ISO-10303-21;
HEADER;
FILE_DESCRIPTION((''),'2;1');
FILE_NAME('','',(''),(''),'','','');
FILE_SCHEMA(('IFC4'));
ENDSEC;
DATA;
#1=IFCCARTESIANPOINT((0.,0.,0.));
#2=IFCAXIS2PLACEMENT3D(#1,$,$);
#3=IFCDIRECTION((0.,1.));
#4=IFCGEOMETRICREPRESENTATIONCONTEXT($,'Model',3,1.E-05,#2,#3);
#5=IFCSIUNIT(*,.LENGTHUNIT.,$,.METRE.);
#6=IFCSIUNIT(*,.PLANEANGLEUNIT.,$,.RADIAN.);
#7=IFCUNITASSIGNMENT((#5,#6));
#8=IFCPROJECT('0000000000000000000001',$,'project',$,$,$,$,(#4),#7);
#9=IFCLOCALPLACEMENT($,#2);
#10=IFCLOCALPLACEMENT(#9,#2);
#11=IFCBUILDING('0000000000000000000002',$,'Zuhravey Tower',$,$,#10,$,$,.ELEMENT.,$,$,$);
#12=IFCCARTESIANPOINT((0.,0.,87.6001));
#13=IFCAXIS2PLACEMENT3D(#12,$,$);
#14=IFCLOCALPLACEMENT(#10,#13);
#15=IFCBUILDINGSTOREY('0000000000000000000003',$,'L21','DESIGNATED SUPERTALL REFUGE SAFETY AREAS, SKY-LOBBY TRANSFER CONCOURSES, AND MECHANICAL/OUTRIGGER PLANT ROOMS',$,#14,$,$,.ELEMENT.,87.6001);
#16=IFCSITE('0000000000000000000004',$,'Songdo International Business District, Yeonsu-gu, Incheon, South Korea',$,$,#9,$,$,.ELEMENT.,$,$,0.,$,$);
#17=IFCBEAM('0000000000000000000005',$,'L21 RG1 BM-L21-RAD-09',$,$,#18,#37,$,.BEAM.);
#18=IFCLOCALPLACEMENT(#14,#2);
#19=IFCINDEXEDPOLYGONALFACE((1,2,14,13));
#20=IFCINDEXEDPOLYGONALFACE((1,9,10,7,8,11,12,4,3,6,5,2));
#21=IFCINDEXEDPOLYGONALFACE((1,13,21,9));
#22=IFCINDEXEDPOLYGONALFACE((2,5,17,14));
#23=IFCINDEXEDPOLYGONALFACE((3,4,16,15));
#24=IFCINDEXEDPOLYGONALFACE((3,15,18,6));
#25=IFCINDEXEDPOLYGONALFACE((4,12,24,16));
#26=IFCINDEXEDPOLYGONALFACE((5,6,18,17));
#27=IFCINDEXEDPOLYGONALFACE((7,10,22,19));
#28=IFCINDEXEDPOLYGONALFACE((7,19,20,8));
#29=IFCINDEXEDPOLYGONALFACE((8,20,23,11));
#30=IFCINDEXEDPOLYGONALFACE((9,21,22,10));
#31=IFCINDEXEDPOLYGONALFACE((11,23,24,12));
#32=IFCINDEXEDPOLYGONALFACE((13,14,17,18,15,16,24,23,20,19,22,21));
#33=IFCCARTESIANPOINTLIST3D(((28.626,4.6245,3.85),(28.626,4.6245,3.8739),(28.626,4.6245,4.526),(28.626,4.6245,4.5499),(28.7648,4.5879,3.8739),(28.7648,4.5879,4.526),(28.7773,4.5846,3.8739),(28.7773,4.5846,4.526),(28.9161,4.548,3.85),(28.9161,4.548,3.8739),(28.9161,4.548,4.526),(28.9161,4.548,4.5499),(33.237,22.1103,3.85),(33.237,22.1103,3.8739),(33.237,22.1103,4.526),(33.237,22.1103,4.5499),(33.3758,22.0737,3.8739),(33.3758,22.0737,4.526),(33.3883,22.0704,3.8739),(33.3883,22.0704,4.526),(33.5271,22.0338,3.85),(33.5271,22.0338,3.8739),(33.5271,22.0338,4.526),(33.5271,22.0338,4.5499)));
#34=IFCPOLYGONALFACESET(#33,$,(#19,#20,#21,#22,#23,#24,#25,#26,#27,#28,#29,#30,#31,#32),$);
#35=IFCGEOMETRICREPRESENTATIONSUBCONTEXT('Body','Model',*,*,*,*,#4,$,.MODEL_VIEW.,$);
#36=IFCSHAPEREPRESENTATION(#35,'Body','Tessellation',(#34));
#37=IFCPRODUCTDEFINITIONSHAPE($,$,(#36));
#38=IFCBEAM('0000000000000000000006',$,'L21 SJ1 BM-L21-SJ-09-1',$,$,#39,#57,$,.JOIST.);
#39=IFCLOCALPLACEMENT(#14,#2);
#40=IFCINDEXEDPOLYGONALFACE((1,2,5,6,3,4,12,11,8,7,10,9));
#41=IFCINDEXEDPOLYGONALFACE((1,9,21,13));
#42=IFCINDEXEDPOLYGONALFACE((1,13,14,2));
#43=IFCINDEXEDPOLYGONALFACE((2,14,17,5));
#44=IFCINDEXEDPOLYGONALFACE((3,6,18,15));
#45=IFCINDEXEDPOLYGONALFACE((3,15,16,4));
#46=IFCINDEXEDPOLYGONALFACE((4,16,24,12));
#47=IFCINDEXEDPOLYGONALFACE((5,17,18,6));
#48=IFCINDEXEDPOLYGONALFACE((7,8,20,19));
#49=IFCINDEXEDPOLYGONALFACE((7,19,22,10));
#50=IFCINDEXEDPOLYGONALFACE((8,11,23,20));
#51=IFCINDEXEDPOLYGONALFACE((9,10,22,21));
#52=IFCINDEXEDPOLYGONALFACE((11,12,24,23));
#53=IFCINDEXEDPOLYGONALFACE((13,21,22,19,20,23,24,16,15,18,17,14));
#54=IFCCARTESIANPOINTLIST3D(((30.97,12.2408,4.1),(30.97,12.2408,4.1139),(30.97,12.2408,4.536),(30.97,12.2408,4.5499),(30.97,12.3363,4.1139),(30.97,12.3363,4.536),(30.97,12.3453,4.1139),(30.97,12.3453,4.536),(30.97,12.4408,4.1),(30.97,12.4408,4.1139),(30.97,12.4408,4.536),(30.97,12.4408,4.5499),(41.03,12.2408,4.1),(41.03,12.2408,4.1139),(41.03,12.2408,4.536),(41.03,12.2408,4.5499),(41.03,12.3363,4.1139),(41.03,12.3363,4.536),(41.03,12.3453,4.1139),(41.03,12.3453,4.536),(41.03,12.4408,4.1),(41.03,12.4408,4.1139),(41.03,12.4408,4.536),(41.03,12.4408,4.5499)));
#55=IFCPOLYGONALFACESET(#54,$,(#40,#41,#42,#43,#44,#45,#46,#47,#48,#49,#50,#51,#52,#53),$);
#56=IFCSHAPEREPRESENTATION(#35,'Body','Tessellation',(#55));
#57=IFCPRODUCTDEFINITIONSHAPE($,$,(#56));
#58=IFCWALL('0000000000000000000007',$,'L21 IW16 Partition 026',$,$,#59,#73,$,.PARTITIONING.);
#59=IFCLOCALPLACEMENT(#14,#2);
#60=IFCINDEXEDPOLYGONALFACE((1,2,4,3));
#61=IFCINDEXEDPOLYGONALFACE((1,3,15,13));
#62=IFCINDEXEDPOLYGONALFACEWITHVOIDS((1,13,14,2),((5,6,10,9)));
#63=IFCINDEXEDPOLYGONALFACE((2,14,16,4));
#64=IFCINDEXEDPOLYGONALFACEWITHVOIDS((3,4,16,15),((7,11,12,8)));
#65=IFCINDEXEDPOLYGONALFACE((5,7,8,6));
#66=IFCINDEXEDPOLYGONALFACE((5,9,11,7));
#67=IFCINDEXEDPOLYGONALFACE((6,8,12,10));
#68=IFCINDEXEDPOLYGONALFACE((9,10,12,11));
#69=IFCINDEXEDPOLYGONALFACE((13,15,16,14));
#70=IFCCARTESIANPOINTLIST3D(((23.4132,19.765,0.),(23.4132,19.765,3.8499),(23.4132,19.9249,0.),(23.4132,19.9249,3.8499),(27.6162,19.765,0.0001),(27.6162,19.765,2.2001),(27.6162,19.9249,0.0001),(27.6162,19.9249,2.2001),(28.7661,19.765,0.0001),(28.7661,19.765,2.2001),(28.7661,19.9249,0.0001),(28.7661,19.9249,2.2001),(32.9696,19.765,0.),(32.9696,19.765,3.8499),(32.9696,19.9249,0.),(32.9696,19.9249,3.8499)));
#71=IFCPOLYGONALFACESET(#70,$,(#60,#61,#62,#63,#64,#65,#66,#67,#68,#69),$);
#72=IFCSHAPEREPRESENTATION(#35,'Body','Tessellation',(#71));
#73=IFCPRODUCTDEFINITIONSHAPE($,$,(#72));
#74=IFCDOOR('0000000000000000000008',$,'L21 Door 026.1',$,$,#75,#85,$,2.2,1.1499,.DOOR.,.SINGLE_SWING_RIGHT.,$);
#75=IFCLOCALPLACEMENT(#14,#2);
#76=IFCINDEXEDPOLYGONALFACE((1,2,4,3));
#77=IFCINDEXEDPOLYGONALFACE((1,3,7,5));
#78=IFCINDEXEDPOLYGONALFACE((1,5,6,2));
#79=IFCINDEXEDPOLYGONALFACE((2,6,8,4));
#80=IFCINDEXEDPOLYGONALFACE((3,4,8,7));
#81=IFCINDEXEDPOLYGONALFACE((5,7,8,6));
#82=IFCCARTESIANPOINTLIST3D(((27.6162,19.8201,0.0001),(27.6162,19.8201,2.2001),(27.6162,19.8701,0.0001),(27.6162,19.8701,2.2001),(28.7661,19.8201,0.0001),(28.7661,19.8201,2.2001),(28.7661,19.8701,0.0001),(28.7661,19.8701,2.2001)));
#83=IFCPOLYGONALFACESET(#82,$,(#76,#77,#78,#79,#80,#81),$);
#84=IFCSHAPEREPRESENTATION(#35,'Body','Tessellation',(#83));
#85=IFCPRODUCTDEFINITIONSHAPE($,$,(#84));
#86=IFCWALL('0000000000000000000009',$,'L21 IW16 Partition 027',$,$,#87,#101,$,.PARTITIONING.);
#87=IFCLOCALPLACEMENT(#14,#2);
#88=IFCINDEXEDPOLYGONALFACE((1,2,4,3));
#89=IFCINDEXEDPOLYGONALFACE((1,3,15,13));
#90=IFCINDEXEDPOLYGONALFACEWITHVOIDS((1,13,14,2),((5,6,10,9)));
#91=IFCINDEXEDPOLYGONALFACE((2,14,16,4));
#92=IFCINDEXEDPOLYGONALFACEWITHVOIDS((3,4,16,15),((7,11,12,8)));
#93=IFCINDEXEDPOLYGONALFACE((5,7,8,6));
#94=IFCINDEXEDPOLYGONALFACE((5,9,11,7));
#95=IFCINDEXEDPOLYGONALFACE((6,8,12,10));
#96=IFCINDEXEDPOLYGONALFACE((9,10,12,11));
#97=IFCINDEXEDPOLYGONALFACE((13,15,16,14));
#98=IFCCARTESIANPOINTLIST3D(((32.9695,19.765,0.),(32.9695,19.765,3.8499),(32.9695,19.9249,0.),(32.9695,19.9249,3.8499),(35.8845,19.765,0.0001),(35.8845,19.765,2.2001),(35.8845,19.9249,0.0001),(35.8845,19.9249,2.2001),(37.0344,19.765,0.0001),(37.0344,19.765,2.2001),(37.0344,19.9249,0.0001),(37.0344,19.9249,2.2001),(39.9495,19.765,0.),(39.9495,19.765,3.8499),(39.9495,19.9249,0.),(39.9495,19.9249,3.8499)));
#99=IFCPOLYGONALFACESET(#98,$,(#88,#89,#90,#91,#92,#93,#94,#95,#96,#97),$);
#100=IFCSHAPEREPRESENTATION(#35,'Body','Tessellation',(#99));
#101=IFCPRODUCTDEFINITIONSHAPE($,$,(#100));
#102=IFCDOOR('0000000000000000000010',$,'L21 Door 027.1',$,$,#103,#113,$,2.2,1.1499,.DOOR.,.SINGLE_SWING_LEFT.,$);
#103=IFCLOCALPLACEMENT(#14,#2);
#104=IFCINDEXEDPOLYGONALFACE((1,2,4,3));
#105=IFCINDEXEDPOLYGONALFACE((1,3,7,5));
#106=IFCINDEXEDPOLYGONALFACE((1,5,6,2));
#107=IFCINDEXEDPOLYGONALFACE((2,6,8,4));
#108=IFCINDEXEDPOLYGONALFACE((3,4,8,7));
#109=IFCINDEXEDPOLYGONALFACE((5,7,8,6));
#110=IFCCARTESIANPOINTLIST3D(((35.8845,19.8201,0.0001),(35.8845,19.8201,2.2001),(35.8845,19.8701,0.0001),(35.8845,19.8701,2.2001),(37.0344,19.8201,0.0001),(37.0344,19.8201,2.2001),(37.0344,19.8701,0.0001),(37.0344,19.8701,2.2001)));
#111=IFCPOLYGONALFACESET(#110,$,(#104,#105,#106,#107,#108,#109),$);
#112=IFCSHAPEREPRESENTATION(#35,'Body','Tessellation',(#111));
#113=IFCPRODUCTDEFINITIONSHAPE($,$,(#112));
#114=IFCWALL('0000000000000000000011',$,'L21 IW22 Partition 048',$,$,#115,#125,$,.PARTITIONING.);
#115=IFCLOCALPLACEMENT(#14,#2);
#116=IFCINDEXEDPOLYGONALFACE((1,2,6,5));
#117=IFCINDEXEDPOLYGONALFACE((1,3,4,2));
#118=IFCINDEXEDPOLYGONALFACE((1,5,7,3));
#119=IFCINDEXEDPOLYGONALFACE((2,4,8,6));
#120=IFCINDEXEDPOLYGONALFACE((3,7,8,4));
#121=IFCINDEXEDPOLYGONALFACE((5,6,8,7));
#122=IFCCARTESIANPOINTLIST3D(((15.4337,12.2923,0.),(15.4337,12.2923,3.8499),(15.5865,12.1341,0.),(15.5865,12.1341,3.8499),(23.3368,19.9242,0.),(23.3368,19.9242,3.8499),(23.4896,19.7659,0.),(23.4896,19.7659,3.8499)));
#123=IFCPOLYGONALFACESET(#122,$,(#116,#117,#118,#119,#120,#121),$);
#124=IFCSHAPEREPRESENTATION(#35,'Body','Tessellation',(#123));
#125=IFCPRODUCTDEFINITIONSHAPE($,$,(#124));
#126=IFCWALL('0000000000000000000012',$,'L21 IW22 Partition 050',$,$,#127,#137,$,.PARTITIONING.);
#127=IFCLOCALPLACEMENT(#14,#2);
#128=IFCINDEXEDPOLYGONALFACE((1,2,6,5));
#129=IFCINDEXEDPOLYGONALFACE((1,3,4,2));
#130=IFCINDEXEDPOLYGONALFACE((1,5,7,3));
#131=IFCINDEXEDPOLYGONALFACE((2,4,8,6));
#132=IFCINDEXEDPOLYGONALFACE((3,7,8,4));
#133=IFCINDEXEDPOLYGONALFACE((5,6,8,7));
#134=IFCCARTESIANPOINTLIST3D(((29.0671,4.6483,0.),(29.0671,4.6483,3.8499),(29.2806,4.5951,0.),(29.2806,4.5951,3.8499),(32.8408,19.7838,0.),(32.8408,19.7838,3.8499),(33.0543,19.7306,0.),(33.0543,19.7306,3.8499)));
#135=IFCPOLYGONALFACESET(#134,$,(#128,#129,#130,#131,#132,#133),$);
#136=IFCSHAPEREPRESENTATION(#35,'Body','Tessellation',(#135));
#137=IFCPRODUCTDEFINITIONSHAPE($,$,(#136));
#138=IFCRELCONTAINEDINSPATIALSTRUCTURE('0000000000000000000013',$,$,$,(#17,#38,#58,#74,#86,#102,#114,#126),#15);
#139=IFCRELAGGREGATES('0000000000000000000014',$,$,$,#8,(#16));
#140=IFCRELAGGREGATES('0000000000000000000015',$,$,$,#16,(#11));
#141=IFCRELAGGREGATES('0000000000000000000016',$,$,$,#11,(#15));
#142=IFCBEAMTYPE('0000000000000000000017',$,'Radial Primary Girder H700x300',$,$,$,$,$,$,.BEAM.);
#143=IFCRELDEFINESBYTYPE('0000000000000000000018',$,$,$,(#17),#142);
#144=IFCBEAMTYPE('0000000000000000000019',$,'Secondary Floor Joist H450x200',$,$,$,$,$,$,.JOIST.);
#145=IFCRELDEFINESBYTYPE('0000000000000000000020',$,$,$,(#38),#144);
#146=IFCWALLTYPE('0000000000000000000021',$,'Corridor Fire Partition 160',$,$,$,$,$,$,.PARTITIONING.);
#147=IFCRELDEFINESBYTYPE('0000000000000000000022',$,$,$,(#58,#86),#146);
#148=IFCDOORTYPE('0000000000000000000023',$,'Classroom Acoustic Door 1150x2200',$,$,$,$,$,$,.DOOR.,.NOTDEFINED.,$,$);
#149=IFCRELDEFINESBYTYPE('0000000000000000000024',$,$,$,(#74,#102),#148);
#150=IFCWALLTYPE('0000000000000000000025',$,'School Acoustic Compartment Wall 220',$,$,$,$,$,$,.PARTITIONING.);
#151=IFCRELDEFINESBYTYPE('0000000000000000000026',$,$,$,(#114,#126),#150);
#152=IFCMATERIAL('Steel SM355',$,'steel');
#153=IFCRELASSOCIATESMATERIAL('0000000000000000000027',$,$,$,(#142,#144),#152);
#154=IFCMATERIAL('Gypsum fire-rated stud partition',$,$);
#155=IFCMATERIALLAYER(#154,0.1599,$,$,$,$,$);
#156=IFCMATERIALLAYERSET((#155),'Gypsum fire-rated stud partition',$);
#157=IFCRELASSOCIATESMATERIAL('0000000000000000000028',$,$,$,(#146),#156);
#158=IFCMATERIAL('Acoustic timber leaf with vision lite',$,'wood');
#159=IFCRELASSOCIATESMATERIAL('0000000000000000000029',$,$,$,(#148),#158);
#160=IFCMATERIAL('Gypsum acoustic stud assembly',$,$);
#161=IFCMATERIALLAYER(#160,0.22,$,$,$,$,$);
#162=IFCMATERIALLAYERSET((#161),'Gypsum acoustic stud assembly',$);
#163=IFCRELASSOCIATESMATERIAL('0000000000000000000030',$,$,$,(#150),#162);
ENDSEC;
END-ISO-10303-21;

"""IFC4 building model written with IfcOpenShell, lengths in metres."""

from ifc_helpers import new_model, si_unit, direction, frame, frame_2d, origin, origin_2d, place, context, subcontext, project, spatial, rectangle, i_section, extrude, material, layer, layer_set, material_profile, profile_set, type_object, element, fill, save


model = new_model("IFC4")

# Units and contexts
model_context = context("Model", 3, precision=1e-05, world=origin(), true_north=direction((0.0, 1.0)))
body_context = subcontext(model_context, "Body", "Model", "MODEL_VIEW")
ifc_project = project(units=[si_unit("LENGTHUNIT", "METRE"), si_unit("PLANEANGLEUNIT", "RADIAN")], contexts=[model_context])

# Site, building, storey
site_placement = place(None, origin())
site = spatial("IfcSite", under=ifc_project, at=site_placement, Name="Songdo International Business District, Yeonsu-gu, Incheon, South Korea", CompositionType="ELEMENT", RefElevation=0.0)
building_placement = place(site_placement, origin())
building = spatial("IfcBuilding", under=site, at=building_placement, Name="Zuhravey Tower", CompositionType="ELEMENT")
storey_placement = place(building_placement, frame((0.0, 0.0, 87.6001)))
storey = spatial("IfcBuildingStorey", under=building, at=storey_placement, Name="L21", Description="DESIGNATED SUPERTALL REFUGE SAFETY AREAS, SKY-LOBBY TRANSFER CONCOURSES, AND MECHANICAL/OUTRIGGER PLANT ROOMS", CompositionType="ELEMENT", Elevation=87.6001)

# Shared definitions
ifc_material_1 = material(Name="Steel SM355", Category="steel")

# Beams
ifc_material_profile_1 = material_profile(ifc_material_1, i_section(OverallWidth=0.3, OverallDepth=0.7, WebThickness=0.0129, FlangeThickness=0.0239, at=origin_2d()), Name="H-700x300x13x24")
ifc_profile_set_1 = profile_set([ifc_material_profile_1], Name="Steel SM355")
beam_type_1 = type_object("IfcBeamType", Name="Radial Primary Girder H700x300", PredefinedType="BEAM", material=ifc_profile_set_1)
beam_1_placement = place(storey_placement, frame((33.3821, 22.072, 4.2), z_axis=(-0.254987, -0.966944, 0.0), x_axis=(0.966944, -0.254987, 0.0)))
element("IfcBeam", 1, at=beam_1_placement, inside=storey, type_object=beam_type_1, Name="L21 RG1 BM-L21-RAD-09", PredefinedType="BEAM", context=body_context, shape_type="SweptSolid", body=[
    extrude(i_section(OverallWidth=0.3, OverallDepth=0.7, WebThickness=0.0129, FlangeThickness=0.0239, at=origin_2d()), origin(), (0.0, 0.0, 1.0), 18.0835),
])
ifc_material_profile_2 = material_profile(ifc_material_1, i_section(OverallWidth=0.2, OverallDepth=0.45, WebThickness=0.009, FlangeThickness=0.0139, at=origin_2d()), Name="H-450x200x9x14")
ifc_profile_set_2 = profile_set([ifc_material_profile_2], Name="Steel SM355")
beam_type_2 = type_object("IfcBeamType", Name="Secondary Floor Joist H450x200", PredefinedType="JOIST", material=ifc_profile_set_2)
beam_2_placement = place(storey_placement, frame((30.97, 12.3408, 4.325), z_axis=(1.0, 0.0, 0.0), x_axis=(0.0, 1.0, 0.0)))
element("IfcBeam", 2, at=beam_2_placement, inside=storey, type_object=beam_type_2, Name="L21 SJ1 BM-L21-SJ-09-1", PredefinedType="JOIST", context=body_context, shape_type="SweptSolid", body=[
    extrude(i_section(OverallWidth=0.2, OverallDepth=0.45, WebThickness=0.009, FlangeThickness=0.0139, at=origin_2d()), origin(), (0.0, 0.0, 1.0), 10.0601),
])

# Walls, openings, doors
ifc_material_2 = material(Name="Gypsum fire-rated stud partition")
ifc_layer_1 = layer(ifc_material_2, 0.1599)
ifc_layer_set_1 = layer_set([ifc_layer_1], Name="Gypsum fire-rated stud partition")
wall_type_1 = type_object("IfcWallType", Name="Corridor Fire Partition 160", PredefinedType="PARTITIONING", material=ifc_layer_set_1)
wall_1_placement = place(storey_placement, frame((23.4131, 19.845, 0.0), z_axis=(0.0, 0.0, 1.0), x_axis=(1.0, 0.0, 0.0)))
wall_1 = element("IfcWall", 3, at=wall_1_placement, inside=storey, type_object=wall_type_1, Name="L21 IW16 Partition 026", PredefinedType="PARTITIONING", context=body_context, shape_type="SweptSolid", body=[
    extrude(rectangle(XDim=9.5564, YDim=0.1599, at=frame_2d((4.7783, 0.0))), origin(), (0.0, 0.0, 1.0), 3.8499),
])
opening_1_placement = place(wall_1_placement, frame((4.2031, 0.0, 0.0)))
opening_1 = element("IfcOpeningElement", 4, at=opening_1_placement, cuts=wall_1, PredefinedType="OPENING", context=body_context, shape_type="SweptSolid", body=[
    extrude(rectangle(XDim=1.1499, YDim=2.2, at=frame_2d((0.575, 1.1001))), frame((0.0, 0.092, 0.0), z_axis=(0.0, -1.0, 0.0), x_axis=(1.0, 0.0, 0.0)), (0.0, 0.0, 1.0), 0.1838),
])
ifc_material_3 = material(Name="Acoustic timber leaf with vision lite", Category="wood")
door_type = type_object("IfcDoorType", Name="Classroom Acoustic Door 1150x2200", OperationType="NOTDEFINED", PredefinedType="DOOR", material=ifc_material_3)
door_1_placement = place(opening_1_placement, frame((1.1499, 0.0, 0.0), z_axis=(0.0, 0.0, 1.0), x_axis=(-1.0, 0.0, 0.0)))
door_1 = element("IfcDoor", 5, at=door_1_placement, inside=storey, type_object=door_type, Name="L21 Door 026.1", OperationType="SINGLE_SWING_RIGHT", OverallHeight=2.2, OverallWidth=1.1499, PredefinedType="DOOR", context=body_context, shape_type="SweptSolid", body=[
    extrude(rectangle(XDim=1.1499, YDim=2.2, at=frame_2d((0.575, 1.1001))), frame((0.0, 0.0249, 0.0), z_axis=(0.0, -1.0, 0.0), x_axis=(1.0, 0.0, 0.0)), (0.0, 0.0, 1.0), 0.05),
])
fill(opening_1, door_1)
wall_2_placement = place(storey_placement, frame((32.9695, 19.845, 0.0), z_axis=(0.0, 0.0, 1.0), x_axis=(1.0, 0.0, 0.0)))
wall_2 = element("IfcWall", 6, at=wall_2_placement, inside=storey, type_object=wall_type_1, Name="L21 IW16 Partition 027", PredefinedType="PARTITIONING", context=body_context, shape_type="SweptSolid", body=[
    extrude(rectangle(XDim=6.98, YDim=0.1599, at=frame_2d((3.49, 0.0))), origin(), (0.0, 0.0, 1.0), 3.8499),
])
opening_2_placement = place(wall_2_placement, frame((2.915, 0.0, 0.0)))
opening_2 = element("IfcOpeningElement", 7, at=opening_2_placement, cuts=wall_2, PredefinedType="OPENING", context=body_context, shape_type="SweptSolid", body=[
    extrude(rectangle(XDim=1.1499, YDim=2.2, at=frame_2d((0.575, 1.1001))), frame((0.0, 0.092, 0.0), z_axis=(0.0, -1.0, 0.0), x_axis=(1.0, 0.0, 0.0)), (0.0, 0.0, 1.0), 0.1838),
])
door_2_placement = place(opening_2_placement, frame((1.1499, 0.0, 0.0), z_axis=(0.0, 0.0, 1.0), x_axis=(-1.0, 0.0, 0.0)))
door_2 = element("IfcDoor", 8, at=door_2_placement, inside=storey, type_object=door_type, Name="L21 Door 027.1", OperationType="SINGLE_SWING_LEFT", OverallHeight=2.2, OverallWidth=1.1499, PredefinedType="DOOR", context=body_context, shape_type="SweptSolid", body=[
    extrude(rectangle(XDim=1.1499, YDim=2.2, at=frame_2d((0.575, 1.1001))), frame((0.0, 0.0249, 0.0), z_axis=(0.0, -1.0, 0.0), x_axis=(1.0, 0.0, 0.0)), (0.0, 0.0, 1.0), 0.05),
])
fill(opening_2, door_2)

# Walls
ifc_material_4 = material(Name="Gypsum acoustic stud assembly")
ifc_layer_2 = layer(ifc_material_4, 0.22)
ifc_layer_set_2 = layer_set([ifc_layer_2], Name="Gypsum acoustic stud assembly")
wall_type_2 = type_object("IfcWallType", Name="School Acoustic Compartment Wall 220", PredefinedType="PARTITIONING", material=ifc_layer_set_2)
wall_3_placement = place(storey_placement, frame((23.4131, 19.845, 0.0), z_axis=(0.0, 0.0, 1.0), x_axis=(-0.719343, -0.694655, 0.0)))
element("IfcWall", 9, at=wall_3_placement, inside=storey, type_object=wall_type_2, Name="L21 IW22 Partition 048", PredefinedType="PARTITIONING", context=body_context, shape_type="SweptSolid", body=[
    extrude(rectangle(XDim=10.9866, YDim=0.22, at=frame_2d((5.4932, 0.0))), origin(), (0.0, 0.0, 1.0), 3.8499),
])
wall_4_placement = place(storey_placement, frame((32.9475, 19.7571, 0.0), z_axis=(0.0, 0.0, 1.0), x_axis=(-0.241921, -0.970296, 0.0)))
element("IfcWall", 10, at=wall_4_placement, inside=storey, type_object=wall_type_2, Name="L21 IW22 Partition 050", PredefinedType="PARTITIONING", context=body_context, shape_type="SweptSolid", body=[
    extrude(rectangle(XDim=15.5989, YDim=0.22, at=frame_2d((7.7993, 0.0))), origin(), (0.0, 0.0, 1.0), 3.8499),
])

save(model, "model.ifc")
